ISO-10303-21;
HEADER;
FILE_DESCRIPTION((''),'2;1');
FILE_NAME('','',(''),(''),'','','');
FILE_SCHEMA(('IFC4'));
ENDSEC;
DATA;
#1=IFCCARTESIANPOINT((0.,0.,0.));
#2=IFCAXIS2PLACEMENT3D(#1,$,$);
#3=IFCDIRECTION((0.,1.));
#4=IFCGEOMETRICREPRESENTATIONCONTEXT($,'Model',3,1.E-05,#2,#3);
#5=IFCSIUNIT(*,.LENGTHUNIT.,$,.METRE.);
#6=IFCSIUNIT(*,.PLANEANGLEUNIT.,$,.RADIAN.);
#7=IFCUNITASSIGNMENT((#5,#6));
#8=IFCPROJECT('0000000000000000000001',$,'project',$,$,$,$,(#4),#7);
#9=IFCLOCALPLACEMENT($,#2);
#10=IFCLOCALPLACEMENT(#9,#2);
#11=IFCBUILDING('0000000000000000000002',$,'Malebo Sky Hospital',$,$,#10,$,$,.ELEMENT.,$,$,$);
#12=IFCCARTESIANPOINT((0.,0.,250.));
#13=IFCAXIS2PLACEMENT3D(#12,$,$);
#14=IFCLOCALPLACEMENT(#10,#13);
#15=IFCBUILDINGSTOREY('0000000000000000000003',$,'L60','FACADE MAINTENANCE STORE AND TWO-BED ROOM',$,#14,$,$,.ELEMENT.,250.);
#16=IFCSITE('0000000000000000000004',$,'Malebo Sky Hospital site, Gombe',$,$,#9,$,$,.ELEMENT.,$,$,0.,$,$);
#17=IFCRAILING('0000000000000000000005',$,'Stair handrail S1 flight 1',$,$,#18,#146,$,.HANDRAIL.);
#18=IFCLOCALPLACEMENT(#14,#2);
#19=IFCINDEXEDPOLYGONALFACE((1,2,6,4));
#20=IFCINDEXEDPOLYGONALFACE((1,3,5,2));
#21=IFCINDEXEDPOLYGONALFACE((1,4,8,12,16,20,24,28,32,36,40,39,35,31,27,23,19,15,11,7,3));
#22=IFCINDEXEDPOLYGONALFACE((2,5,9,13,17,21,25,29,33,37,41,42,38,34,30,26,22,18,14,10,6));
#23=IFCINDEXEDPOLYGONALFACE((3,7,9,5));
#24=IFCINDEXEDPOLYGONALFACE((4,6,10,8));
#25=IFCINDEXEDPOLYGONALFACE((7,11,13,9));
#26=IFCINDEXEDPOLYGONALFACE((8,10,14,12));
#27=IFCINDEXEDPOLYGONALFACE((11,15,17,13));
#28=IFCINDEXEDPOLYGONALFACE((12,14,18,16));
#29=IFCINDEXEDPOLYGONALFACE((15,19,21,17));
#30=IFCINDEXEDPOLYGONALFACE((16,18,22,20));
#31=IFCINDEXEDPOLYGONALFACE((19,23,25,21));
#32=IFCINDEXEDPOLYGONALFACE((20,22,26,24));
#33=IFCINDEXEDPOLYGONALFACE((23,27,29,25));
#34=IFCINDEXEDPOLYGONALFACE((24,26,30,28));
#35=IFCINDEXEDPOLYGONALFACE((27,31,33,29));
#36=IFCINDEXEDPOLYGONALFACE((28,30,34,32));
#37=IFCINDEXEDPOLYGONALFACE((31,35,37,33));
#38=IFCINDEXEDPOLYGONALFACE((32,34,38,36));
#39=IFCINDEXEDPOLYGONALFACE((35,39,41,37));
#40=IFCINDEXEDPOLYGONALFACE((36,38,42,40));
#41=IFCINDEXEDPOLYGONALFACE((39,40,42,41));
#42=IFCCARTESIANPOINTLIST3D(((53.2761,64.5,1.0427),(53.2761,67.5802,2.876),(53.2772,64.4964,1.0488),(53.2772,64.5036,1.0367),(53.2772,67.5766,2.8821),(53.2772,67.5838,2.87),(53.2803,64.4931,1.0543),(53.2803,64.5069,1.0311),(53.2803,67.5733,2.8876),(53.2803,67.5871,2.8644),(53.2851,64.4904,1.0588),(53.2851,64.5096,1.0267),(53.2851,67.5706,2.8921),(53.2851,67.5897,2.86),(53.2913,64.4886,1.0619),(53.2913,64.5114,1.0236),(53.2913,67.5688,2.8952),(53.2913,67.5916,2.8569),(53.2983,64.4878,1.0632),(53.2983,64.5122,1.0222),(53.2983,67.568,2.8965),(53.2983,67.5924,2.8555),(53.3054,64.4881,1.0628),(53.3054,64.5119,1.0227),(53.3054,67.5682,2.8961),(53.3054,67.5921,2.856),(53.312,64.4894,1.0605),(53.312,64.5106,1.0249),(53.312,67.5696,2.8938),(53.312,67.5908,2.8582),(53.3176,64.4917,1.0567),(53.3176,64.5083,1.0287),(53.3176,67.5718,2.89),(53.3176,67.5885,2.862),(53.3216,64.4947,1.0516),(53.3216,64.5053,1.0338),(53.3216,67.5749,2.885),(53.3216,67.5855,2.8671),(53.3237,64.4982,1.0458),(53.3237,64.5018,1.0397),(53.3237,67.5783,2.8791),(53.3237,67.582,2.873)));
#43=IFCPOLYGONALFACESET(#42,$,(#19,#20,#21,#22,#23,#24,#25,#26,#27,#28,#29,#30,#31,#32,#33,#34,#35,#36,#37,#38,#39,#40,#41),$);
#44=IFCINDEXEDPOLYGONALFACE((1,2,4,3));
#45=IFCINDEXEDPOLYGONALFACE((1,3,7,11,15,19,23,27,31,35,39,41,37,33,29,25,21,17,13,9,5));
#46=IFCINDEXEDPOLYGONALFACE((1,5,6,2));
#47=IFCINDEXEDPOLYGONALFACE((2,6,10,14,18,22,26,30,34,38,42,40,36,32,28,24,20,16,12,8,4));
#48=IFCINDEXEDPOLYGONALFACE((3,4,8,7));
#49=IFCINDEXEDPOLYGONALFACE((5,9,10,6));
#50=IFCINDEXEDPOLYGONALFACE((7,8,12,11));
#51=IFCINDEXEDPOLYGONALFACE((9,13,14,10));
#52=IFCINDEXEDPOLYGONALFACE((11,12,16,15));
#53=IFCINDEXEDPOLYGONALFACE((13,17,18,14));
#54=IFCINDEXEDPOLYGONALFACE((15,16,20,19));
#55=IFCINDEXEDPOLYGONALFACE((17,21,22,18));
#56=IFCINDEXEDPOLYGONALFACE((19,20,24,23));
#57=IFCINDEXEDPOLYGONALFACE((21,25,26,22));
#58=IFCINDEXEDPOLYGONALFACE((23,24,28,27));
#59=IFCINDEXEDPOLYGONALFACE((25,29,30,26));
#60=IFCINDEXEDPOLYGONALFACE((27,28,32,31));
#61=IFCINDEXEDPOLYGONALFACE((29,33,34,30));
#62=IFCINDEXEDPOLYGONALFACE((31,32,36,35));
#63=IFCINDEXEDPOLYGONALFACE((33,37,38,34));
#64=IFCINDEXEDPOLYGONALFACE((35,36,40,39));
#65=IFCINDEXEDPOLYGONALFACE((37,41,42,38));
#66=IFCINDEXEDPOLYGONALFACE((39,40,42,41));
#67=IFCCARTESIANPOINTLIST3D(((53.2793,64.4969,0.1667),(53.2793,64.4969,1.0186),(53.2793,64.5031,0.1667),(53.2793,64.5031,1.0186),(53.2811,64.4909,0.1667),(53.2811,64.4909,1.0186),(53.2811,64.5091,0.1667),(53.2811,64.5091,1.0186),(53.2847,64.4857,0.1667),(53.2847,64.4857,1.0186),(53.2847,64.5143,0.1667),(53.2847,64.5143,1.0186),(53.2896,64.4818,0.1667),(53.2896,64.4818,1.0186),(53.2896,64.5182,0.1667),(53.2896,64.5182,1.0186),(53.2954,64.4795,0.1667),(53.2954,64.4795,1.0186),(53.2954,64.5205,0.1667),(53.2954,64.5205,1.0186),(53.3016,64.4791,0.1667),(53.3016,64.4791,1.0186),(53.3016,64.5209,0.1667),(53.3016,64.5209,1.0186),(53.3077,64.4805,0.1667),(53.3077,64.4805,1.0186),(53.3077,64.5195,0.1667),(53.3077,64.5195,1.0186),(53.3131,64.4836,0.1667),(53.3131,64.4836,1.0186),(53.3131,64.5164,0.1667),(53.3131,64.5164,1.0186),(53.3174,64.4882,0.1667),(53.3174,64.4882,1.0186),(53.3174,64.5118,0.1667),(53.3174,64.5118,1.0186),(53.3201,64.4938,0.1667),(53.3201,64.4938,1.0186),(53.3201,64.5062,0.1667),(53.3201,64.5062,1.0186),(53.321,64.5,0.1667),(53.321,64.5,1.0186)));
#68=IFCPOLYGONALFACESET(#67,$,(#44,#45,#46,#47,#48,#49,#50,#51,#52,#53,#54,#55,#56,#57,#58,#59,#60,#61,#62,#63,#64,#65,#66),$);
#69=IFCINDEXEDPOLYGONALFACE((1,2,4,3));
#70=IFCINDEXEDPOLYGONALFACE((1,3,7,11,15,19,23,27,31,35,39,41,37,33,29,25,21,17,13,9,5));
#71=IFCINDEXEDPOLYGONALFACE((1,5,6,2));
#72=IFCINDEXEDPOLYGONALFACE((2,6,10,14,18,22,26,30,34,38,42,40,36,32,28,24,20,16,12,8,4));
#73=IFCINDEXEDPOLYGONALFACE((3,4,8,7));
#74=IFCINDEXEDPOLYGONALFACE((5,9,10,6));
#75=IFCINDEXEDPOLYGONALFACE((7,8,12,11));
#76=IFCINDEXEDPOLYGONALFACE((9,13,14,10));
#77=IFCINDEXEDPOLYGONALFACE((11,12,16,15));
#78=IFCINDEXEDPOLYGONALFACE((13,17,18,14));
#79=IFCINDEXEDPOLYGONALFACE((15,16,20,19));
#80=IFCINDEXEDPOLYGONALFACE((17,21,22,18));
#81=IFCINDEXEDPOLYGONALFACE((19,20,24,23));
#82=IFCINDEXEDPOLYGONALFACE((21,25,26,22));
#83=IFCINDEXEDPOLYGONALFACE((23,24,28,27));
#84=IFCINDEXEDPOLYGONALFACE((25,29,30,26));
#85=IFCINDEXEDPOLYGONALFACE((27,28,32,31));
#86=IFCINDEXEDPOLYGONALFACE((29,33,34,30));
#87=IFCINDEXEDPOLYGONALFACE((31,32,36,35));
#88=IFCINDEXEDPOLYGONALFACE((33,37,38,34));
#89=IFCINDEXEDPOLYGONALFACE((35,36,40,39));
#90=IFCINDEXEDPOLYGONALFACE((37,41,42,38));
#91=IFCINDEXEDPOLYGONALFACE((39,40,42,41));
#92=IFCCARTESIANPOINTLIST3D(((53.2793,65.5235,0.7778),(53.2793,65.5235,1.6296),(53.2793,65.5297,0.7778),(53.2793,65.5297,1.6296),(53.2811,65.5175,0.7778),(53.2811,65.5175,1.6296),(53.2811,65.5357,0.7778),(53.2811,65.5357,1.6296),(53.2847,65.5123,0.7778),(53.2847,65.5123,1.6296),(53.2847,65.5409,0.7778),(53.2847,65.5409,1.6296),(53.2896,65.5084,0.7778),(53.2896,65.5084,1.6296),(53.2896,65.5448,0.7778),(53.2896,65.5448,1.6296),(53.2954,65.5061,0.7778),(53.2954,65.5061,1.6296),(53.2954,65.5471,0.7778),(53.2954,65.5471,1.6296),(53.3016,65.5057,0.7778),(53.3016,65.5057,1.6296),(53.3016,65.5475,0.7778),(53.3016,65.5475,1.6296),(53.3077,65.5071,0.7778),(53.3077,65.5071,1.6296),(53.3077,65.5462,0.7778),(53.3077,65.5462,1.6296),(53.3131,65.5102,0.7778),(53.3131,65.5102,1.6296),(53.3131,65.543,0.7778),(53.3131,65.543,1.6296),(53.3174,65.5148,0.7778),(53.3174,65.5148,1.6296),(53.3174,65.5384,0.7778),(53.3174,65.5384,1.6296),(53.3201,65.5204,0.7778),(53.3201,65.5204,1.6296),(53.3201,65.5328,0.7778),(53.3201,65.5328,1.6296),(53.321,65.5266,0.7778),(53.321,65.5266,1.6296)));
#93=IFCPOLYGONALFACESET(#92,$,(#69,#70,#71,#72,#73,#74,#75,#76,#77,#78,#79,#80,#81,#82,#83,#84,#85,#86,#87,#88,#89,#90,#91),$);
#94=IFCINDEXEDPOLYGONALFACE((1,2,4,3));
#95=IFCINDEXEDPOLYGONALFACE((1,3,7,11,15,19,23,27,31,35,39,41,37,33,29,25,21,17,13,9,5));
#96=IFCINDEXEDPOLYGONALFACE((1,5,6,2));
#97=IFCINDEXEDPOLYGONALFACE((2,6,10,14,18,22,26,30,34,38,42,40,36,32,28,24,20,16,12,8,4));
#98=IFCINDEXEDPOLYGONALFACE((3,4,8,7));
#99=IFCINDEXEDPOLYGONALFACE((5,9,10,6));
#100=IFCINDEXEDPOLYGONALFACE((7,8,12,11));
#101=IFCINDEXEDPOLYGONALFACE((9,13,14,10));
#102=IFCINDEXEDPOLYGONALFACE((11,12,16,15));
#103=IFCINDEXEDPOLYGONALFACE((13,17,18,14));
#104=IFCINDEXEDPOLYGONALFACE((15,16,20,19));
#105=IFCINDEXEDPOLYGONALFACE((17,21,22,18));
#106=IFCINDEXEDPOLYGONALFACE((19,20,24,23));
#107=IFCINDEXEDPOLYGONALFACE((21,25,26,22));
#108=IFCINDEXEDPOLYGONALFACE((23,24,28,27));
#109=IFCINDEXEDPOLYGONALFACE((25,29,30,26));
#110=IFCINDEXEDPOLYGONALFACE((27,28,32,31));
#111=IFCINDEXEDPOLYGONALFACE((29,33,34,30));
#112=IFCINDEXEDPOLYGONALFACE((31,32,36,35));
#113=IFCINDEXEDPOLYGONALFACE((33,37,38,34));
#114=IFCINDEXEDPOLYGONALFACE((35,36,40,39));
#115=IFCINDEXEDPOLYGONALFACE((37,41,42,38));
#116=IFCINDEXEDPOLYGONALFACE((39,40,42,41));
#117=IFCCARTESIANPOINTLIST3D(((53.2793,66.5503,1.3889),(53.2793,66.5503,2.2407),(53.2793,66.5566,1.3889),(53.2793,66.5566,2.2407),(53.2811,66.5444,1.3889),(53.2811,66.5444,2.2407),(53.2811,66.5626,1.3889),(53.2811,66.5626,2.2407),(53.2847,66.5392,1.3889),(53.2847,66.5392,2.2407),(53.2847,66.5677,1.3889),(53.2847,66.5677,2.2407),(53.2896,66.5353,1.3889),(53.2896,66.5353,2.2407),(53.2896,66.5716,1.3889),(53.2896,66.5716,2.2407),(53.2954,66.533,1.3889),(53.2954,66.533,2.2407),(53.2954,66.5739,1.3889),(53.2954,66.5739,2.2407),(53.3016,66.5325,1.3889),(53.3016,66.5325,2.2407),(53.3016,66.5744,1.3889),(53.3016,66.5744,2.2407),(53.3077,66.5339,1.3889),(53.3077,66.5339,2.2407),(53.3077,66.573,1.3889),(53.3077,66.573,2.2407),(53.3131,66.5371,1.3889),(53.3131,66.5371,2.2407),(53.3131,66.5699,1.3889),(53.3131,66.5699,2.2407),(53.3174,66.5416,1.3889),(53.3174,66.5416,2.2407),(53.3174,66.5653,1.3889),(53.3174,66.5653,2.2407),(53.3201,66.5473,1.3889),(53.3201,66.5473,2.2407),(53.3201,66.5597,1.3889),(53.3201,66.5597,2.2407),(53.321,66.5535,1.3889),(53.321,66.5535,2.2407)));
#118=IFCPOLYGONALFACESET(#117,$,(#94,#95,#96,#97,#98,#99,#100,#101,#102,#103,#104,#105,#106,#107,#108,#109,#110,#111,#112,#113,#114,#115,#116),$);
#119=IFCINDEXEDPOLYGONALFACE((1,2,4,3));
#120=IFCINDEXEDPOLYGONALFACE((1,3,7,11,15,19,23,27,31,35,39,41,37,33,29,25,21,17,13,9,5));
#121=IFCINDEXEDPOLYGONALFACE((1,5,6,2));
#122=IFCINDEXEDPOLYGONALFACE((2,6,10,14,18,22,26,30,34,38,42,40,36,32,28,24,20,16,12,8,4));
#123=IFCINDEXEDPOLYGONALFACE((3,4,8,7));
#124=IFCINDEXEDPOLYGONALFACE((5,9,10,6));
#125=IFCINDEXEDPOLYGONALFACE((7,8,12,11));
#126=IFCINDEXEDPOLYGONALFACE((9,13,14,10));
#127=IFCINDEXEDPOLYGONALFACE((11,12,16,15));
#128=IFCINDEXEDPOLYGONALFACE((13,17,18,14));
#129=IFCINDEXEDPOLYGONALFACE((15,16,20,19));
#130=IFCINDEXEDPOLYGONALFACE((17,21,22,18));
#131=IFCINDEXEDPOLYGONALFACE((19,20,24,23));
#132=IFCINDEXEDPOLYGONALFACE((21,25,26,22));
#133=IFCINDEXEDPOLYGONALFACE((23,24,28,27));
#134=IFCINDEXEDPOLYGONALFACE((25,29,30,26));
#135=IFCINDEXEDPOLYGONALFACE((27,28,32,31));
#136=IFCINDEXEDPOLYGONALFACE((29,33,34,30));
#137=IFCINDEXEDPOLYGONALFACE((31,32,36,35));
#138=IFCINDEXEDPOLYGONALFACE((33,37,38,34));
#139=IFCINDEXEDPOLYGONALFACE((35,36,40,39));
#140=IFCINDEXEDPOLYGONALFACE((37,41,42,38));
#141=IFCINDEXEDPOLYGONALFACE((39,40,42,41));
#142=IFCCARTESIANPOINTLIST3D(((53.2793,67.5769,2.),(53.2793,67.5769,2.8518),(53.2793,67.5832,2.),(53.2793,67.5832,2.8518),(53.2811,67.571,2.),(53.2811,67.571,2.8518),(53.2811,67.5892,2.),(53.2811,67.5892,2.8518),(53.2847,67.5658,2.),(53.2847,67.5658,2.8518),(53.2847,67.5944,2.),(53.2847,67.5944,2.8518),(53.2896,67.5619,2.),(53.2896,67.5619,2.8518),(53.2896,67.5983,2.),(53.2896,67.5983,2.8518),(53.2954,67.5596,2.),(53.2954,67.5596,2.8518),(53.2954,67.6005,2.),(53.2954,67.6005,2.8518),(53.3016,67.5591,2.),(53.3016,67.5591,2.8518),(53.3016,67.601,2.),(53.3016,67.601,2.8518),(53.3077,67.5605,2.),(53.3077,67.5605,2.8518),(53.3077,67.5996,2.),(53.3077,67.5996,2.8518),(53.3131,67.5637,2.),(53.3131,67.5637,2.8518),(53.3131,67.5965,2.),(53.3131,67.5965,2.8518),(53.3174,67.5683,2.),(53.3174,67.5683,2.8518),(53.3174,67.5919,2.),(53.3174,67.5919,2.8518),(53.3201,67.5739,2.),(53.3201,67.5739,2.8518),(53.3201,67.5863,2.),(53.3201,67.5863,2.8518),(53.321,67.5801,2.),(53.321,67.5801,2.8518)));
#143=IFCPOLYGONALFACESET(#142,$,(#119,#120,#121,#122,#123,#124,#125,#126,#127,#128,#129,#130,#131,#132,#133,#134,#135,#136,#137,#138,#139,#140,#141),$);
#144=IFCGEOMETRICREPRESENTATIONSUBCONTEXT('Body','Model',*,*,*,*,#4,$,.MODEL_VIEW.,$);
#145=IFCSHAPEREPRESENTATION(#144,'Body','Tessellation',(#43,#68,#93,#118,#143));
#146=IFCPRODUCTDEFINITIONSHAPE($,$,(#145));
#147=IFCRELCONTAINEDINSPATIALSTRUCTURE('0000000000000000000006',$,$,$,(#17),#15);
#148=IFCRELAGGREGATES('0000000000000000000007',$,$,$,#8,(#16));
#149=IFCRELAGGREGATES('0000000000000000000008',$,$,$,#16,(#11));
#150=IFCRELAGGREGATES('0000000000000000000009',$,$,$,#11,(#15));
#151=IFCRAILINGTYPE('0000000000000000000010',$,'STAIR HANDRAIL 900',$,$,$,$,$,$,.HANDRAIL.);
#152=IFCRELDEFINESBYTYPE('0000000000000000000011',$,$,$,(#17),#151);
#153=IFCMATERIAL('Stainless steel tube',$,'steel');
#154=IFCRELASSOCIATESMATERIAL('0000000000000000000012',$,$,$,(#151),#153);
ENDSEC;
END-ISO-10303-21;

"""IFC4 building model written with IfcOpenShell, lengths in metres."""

from ifc_helpers import new_model, si_unit, direction, frame, origin, origin_2d, place, context, subcontext, project, spatial, circle, extrude, material, type_object, element, save


model = new_model("IFC4")

# Units and contexts
model_context = context("Model", 3, precision=1e-05, world=origin(), true_north=direction((0.0, 1.0)))
body_context = subcontext(model_context, "Body", "Model", "MODEL_VIEW")
ifc_project = project(units=[si_unit("LENGTHUNIT", "METRE"), si_unit("PLANEANGLEUNIT", "RADIAN")], contexts=[model_context])

# Site, building, storey
site_placement = place(None, origin())
site = spatial("IfcSite", under=ifc_project, at=site_placement, Name="Malebo Sky Hospital site, Gombe", CompositionType="ELEMENT", RefElevation=0.0)
building_placement = place(site_placement, origin())
building = spatial("IfcBuilding", under=site, at=building_placement, Name="Malebo Sky Hospital", CompositionType="ELEMENT")
storey_placement = place(building_placement, frame((0.0, 0.0, 250.0)))
storey = spatial("IfcBuildingStorey", under=building, at=storey_placement, Name="L60", Description="FACADE MAINTENANCE STORE AND TWO-BED ROOM", CompositionType="ELEMENT", Elevation=250.0)

# Railing
ifc_material_1 = material(Name="Stainless steel tube", Category="steel")
railing_type = type_object("IfcRailingType", Name="STAIR HANDRAIL 900", PredefinedType="HANDRAIL", material=ifc_material_1)
railing_placement = place(storey_placement, frame((53.3, 64.5, 0.1667)))
element("IfcRailing", 1, at=railing_placement, inside=storey, type_object=railing_type, Name="Stair handrail S1 flight 1", PredefinedType="HANDRAIL", context=body_context, shape_type="SweptSolid", body=[
    extrude(circle(Radius=0.0239, at=origin_2d()), frame((0.0, 0.0, 0.876), z_axis=(0.0, 0.859309, 0.511458), x_axis=(-1.0, 0.0, 0.0)), (0.0, 0.0, 1.0), 3.5845),
    extrude(circle(Radius=0.021, at=origin_2d()), origin(), (0.0, 0.0, 1.0), 0.8518),
    extrude(circle(Radius=0.021, at=origin_2d()), frame((0.0, 1.0266, 0.6111)), (0.0, 0.0, 1.0), 0.8518),
    extrude(circle(Radius=0.021, at=origin_2d()), frame((0.0, 2.0535, 1.2222)), (0.0, 0.0, 1.0), 0.8518),
    extrude(circle(Radius=0.021, at=origin_2d()), frame((0.0, 3.0801, 1.8333)), (0.0, 0.0, 1.0), 0.8518),
])

save(model, "model.ifc")
